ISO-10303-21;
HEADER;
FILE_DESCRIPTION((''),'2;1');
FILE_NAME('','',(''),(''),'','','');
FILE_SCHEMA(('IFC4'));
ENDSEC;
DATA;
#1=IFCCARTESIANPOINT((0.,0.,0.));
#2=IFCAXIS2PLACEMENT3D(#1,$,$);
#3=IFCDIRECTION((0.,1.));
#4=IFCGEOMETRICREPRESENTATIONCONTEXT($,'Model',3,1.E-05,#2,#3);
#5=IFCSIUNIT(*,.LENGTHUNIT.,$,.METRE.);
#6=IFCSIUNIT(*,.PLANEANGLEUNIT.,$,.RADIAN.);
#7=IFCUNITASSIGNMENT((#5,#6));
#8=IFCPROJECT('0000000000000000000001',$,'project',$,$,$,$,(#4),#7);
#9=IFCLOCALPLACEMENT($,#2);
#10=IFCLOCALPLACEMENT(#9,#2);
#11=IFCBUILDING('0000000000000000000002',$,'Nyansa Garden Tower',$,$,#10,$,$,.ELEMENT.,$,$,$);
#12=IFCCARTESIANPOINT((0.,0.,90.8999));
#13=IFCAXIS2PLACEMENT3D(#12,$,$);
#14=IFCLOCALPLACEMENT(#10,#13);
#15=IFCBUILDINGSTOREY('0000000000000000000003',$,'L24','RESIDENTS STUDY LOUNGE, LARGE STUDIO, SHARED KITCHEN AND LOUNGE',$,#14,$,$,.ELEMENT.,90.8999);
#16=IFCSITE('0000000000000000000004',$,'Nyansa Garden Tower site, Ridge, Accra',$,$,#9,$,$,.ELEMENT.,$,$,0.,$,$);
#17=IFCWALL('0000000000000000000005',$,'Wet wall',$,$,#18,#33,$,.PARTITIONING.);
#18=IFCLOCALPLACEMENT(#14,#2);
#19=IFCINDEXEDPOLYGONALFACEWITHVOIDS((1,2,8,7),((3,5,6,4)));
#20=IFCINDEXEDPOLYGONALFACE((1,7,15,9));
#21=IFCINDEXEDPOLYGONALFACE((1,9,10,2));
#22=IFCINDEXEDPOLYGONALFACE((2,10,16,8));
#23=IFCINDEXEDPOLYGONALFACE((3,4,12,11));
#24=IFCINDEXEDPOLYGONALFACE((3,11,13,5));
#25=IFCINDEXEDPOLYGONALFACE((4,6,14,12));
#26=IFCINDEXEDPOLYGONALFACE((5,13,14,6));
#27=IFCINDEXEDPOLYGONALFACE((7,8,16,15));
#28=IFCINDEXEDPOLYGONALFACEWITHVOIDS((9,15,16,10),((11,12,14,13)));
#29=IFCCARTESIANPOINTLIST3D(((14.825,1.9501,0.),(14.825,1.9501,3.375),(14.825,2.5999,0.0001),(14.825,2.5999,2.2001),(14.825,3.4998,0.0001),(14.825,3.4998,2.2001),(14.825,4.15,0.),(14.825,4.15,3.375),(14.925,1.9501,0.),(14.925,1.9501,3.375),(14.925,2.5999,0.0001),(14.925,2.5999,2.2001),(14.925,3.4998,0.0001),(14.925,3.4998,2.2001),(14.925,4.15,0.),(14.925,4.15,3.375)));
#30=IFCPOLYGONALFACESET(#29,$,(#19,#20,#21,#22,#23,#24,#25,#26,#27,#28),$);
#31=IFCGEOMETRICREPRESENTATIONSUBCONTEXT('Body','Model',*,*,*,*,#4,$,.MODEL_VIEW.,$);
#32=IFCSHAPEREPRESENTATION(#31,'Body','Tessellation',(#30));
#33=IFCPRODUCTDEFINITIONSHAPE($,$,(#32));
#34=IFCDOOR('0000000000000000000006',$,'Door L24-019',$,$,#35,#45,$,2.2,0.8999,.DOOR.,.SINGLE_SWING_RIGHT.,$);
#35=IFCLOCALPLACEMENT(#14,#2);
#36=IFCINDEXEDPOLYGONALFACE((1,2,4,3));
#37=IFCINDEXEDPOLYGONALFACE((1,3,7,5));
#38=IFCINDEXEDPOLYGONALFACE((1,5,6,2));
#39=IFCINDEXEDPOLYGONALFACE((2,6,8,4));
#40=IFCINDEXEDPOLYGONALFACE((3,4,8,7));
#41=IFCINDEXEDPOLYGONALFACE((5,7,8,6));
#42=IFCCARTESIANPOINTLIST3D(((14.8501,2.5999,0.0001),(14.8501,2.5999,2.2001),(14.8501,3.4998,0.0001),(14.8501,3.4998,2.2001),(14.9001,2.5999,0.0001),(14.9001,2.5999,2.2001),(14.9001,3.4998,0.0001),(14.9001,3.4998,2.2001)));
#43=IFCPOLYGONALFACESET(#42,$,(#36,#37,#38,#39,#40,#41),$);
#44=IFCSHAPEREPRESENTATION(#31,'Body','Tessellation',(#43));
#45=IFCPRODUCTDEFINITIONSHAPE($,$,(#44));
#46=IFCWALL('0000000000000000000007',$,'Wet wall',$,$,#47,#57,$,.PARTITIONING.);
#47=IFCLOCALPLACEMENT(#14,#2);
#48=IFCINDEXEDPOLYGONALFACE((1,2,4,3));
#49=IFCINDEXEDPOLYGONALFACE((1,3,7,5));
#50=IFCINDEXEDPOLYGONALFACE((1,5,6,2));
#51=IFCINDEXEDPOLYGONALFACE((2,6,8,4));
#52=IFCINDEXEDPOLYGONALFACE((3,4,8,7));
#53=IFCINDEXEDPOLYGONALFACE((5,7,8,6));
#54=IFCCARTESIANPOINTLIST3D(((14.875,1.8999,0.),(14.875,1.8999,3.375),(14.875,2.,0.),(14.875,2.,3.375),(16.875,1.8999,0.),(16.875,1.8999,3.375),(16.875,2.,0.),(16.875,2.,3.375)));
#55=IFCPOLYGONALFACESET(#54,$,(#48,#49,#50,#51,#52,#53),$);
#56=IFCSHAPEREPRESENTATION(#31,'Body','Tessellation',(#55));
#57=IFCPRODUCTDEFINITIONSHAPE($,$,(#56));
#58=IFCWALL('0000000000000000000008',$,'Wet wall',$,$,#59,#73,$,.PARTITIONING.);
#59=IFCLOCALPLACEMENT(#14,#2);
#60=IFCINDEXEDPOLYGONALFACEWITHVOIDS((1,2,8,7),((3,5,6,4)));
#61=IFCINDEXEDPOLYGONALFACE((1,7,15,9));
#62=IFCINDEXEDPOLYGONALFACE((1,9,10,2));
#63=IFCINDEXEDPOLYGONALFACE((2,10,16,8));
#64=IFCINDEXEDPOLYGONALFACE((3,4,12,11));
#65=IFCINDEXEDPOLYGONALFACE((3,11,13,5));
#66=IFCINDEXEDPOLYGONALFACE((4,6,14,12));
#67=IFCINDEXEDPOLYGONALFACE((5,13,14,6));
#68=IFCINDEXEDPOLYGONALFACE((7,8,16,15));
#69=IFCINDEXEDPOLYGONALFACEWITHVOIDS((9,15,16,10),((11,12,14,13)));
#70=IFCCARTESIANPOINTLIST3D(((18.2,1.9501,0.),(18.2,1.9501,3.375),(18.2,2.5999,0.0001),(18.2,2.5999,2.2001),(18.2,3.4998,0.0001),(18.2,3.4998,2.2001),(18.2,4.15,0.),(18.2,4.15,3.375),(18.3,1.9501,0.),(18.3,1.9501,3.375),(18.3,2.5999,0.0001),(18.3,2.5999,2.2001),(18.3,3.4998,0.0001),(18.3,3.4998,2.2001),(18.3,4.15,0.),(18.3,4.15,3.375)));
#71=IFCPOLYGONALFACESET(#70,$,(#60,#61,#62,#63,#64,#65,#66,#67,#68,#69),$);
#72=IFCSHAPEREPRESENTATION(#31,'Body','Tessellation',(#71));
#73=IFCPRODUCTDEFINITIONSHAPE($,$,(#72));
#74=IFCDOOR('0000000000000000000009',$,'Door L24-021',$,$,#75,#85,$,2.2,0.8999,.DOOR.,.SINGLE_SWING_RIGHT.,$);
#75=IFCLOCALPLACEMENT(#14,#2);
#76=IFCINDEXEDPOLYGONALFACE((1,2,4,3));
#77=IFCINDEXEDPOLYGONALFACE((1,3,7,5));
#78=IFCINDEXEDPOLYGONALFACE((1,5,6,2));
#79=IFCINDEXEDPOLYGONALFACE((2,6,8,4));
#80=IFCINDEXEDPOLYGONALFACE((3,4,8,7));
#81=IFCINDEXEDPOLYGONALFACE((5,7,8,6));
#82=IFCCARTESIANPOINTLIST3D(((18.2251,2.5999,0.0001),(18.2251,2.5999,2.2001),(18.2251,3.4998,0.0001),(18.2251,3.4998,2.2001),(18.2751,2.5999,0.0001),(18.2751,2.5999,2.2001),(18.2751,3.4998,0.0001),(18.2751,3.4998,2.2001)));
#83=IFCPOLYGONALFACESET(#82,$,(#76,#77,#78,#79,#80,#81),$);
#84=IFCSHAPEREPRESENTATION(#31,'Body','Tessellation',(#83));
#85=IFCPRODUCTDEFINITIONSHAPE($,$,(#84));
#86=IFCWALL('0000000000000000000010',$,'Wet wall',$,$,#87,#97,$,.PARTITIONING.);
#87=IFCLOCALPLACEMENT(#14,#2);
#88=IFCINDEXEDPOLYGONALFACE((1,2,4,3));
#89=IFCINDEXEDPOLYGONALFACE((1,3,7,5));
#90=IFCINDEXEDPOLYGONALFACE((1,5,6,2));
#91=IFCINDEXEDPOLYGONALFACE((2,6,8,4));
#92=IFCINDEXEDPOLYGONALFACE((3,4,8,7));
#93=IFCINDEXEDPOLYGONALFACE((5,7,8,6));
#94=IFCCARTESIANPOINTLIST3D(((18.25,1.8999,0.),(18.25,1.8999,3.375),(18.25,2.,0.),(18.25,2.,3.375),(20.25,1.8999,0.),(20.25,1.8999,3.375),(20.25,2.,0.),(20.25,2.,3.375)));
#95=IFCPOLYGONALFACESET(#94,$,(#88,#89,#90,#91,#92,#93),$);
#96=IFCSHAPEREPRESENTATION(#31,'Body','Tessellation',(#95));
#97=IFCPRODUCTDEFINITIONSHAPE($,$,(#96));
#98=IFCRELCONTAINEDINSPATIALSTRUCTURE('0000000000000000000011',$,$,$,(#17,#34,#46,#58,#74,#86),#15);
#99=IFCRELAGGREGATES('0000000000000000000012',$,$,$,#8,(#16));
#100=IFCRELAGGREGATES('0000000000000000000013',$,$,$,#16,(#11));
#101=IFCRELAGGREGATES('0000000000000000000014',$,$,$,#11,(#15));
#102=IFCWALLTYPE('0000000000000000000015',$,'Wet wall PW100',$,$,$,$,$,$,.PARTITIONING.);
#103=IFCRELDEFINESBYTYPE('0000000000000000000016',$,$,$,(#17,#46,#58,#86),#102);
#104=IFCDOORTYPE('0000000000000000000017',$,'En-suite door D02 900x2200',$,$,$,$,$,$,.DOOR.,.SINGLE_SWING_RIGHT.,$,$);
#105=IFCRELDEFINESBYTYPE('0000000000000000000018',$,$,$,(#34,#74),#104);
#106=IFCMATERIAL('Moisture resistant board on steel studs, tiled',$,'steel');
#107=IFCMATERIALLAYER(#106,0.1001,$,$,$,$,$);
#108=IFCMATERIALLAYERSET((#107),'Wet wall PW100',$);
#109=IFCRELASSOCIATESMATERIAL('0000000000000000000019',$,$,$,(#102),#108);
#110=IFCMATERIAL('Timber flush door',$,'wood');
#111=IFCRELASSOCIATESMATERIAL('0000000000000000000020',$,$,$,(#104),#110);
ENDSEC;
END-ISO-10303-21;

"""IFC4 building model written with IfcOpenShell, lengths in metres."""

from ifc_helpers import new_model, si_unit, direction, frame, frame_2d, origin, place, context, subcontext, project, spatial, rectangle, extrude, material, layer, layer_set, type_object, element, fill, save


model = new_model("IFC4")

# Units and contexts
model_context = context("Model", 3, precision=1e-05, world=origin(), true_north=direction((0.0, 1.0)))
body_context = subcontext(model_context, "Body", "Model", "MODEL_VIEW")
ifc_project = project(units=[si_unit("LENGTHUNIT", "METRE"), si_unit("PLANEANGLEUNIT", "RADIAN")], contexts=[model_context])

# Site, building, storey
site_placement = place(None, origin())
site = spatial("IfcSite", under=ifc_project, at=site_placement, Name="Nyansa Garden Tower site, Ridge, Accra", CompositionType="ELEMENT", RefElevation=0.0)
building_placement = place(site_placement, origin())
building = spatial("IfcBuilding", under=site, at=building_placement, Name="Nyansa Garden Tower", CompositionType="ELEMENT")
storey_placement = place(building_placement, frame((0.0, 0.0, 90.8999)))
storey = spatial("IfcBuildingStorey", under=building, at=storey_placement, Name="L24", Description="RESIDENTS STUDY LOUNGE, LARGE STUDIO, SHARED KITCHEN AND LOUNGE", CompositionType="ELEMENT", Elevation=90.8999)

# Wall, opening, door
ifc_material_1 = material(Name="Moisture resistant board on steel studs, tiled", Category="steel")
ifc_layer_1 = layer(ifc_material_1, 0.1001)
ifc_layer_set_1 = layer_set([ifc_layer_1], Name="Wet wall PW100")
wall_type_1 = type_object("IfcWallType", Name="Wet wall PW100", PredefinedType="PARTITIONING", material=ifc_layer_set_1)
wall_1_placement = place(storey_placement, frame((14.875, 1.95, 0.0), z_axis=(0.0, 0.0, 1.0), x_axis=(0.0, 1.0, 0.0)))
wall_1 = element("IfcWall", 1, at=wall_1_placement, inside=storey, type_object=wall_type_1, Name="Wet wall", PredefinedType="PARTITIONING", context=body_context, shape_type="SweptSolid", body=[
    extrude(rectangle(XDim=2.2, YDim=0.1001, at=frame_2d((1.1001, 0.0))), origin(), (0.0, 0.0, 1.0), 3.375),
])
opening_1_placement = place(wall_1_placement, frame((0.6499, 0.0, 0.0)))
opening_1 = element("IfcOpeningElement", 2, at=opening_1_placement, cuts=wall_1, PredefinedType="OPENING", context=body_context, shape_type="SweptSolid", body=[
    extrude(rectangle(XDim=0.8999, YDim=2.2, at=frame_2d((0.45, 1.1001))), frame((0.0, 0.0601, 0.0), z_axis=(0.0, -1.0, 0.0), x_axis=(1.0, 0.0, 0.0)), (0.0, 0.0, 1.0), 0.1201),
])
ifc_material_2 = material(Name="Timber flush door", Category="wood")
door_type_1 = type_object("IfcDoorType", Name="En-suite door D02 900x2200", OperationType="SINGLE_SWING_RIGHT", PredefinedType="DOOR", material=ifc_material_2)
door_1_placement = place(opening_1_placement, origin())
door_1 = element("IfcDoor", 3, at=door_1_placement, inside=storey, type_object=door_type_1, Name="Door L24-019", OperationType="SINGLE_SWING_RIGHT", OverallHeight=2.2, OverallWidth=0.8999, PredefinedType="DOOR", context=body_context, shape_type="SweptSolid", body=[
    extrude(rectangle(XDim=0.8999, YDim=2.2, at=frame_2d((0.45, 1.1001))), frame((0.0, 0.0249, 0.0), z_axis=(0.0, -1.0, 0.0), x_axis=(1.0, 0.0, 0.0)), (0.0, 0.0, 1.0), 0.05),
])
fill(opening_1, door_1)

# Wall
wall_2_placement = place(storey_placement, frame((14.875, 1.95, 0.0), z_axis=(0.0, 0.0, 1.0), x_axis=(1.0, 0.0, 0.0)))
element("IfcWall", 4, at=wall_2_placement, inside=storey, type_object=wall_type_1, Name="Wet wall", PredefinedType="PARTITIONING", context=body_context, shape_type="SweptSolid", body=[
    extrude(rectangle(XDim=2.0, YDim=0.1001, at=frame_2d((1.0, 0.0))), origin(), (0.0, 0.0, 1.0), 3.375),
])

# Wall, opening, door
wall_3_placement = place(storey_placement, frame((18.25, 1.95, 0.0), z_axis=(0.0, 0.0, 1.0), x_axis=(0.0, 1.0, 0.0)))
wall_3 = element("IfcWall", 5, at=wall_3_placement, inside=storey, type_object=wall_type_1, Name="Wet wall", PredefinedType="PARTITIONING", context=body_context, shape_type="SweptSolid", body=[
    extrude(rectangle(XDim=2.2, YDim=0.1001, at=frame_2d((1.1001, 0.0))), origin(), (0.0, 0.0, 1.0), 3.375),
])
opening_2_placement = place(wall_3_placement, frame((0.6499, 0.0, 0.0)))
opening_2 = element("IfcOpeningElement", 6, at=opening_2_placement, cuts=wall_3, PredefinedType="OPENING", context=body_context, shape_type="SweptSolid", body=[
    extrude(rectangle(XDim=0.8999, YDim=2.2, at=frame_2d((0.45, 1.1001))), frame((0.0, 0.0601, 0.0), z_axis=(0.0, -1.0, 0.0), x_axis=(1.0, 0.0, 0.0)), (0.0, 0.0, 1.0), 0.1201),
])
door_2_placement = place(opening_2_placement, origin())
door_2 = element("IfcDoor", 7, at=door_2_placement, inside=storey, type_object=door_type_1, Name="Door L24-021", OperationType="SINGLE_SWING_RIGHT", OverallHeight=2.2, OverallWidth=0.8999, PredefinedType="DOOR", context=body_context, shape_type="SweptSolid", body=[
    extrude(rectangle(XDim=0.8999, YDim=2.2, at=frame_2d((0.45, 1.1001))), frame((0.0, 0.0249, 0.0), z_axis=(0.0, -1.0, 0.0), x_axis=(1.0, 0.0, 0.0)), (0.0, 0.0, 1.0), 0.05),
])
fill(opening_2, door_2)

# Wall
wall_4_placement = place(storey_placement, frame((18.25, 1.95, 0.0), z_axis=(0.0, 0.0, 1.0), x_axis=(1.0, 0.0, 0.0)))
element("IfcWall", 8, at=wall_4_placement, inside=storey, type_object=wall_type_1, Name="Wet wall", PredefinedType="PARTITIONING", context=body_context, shape_type="SweptSolid", body=[
    extrude(rectangle(XDim=2.0, YDim=0.1001, at=frame_2d((1.0, 0.0))), origin(), (0.0, 0.0, 1.0), 3.375),
])

save(model, "model.ifc")
